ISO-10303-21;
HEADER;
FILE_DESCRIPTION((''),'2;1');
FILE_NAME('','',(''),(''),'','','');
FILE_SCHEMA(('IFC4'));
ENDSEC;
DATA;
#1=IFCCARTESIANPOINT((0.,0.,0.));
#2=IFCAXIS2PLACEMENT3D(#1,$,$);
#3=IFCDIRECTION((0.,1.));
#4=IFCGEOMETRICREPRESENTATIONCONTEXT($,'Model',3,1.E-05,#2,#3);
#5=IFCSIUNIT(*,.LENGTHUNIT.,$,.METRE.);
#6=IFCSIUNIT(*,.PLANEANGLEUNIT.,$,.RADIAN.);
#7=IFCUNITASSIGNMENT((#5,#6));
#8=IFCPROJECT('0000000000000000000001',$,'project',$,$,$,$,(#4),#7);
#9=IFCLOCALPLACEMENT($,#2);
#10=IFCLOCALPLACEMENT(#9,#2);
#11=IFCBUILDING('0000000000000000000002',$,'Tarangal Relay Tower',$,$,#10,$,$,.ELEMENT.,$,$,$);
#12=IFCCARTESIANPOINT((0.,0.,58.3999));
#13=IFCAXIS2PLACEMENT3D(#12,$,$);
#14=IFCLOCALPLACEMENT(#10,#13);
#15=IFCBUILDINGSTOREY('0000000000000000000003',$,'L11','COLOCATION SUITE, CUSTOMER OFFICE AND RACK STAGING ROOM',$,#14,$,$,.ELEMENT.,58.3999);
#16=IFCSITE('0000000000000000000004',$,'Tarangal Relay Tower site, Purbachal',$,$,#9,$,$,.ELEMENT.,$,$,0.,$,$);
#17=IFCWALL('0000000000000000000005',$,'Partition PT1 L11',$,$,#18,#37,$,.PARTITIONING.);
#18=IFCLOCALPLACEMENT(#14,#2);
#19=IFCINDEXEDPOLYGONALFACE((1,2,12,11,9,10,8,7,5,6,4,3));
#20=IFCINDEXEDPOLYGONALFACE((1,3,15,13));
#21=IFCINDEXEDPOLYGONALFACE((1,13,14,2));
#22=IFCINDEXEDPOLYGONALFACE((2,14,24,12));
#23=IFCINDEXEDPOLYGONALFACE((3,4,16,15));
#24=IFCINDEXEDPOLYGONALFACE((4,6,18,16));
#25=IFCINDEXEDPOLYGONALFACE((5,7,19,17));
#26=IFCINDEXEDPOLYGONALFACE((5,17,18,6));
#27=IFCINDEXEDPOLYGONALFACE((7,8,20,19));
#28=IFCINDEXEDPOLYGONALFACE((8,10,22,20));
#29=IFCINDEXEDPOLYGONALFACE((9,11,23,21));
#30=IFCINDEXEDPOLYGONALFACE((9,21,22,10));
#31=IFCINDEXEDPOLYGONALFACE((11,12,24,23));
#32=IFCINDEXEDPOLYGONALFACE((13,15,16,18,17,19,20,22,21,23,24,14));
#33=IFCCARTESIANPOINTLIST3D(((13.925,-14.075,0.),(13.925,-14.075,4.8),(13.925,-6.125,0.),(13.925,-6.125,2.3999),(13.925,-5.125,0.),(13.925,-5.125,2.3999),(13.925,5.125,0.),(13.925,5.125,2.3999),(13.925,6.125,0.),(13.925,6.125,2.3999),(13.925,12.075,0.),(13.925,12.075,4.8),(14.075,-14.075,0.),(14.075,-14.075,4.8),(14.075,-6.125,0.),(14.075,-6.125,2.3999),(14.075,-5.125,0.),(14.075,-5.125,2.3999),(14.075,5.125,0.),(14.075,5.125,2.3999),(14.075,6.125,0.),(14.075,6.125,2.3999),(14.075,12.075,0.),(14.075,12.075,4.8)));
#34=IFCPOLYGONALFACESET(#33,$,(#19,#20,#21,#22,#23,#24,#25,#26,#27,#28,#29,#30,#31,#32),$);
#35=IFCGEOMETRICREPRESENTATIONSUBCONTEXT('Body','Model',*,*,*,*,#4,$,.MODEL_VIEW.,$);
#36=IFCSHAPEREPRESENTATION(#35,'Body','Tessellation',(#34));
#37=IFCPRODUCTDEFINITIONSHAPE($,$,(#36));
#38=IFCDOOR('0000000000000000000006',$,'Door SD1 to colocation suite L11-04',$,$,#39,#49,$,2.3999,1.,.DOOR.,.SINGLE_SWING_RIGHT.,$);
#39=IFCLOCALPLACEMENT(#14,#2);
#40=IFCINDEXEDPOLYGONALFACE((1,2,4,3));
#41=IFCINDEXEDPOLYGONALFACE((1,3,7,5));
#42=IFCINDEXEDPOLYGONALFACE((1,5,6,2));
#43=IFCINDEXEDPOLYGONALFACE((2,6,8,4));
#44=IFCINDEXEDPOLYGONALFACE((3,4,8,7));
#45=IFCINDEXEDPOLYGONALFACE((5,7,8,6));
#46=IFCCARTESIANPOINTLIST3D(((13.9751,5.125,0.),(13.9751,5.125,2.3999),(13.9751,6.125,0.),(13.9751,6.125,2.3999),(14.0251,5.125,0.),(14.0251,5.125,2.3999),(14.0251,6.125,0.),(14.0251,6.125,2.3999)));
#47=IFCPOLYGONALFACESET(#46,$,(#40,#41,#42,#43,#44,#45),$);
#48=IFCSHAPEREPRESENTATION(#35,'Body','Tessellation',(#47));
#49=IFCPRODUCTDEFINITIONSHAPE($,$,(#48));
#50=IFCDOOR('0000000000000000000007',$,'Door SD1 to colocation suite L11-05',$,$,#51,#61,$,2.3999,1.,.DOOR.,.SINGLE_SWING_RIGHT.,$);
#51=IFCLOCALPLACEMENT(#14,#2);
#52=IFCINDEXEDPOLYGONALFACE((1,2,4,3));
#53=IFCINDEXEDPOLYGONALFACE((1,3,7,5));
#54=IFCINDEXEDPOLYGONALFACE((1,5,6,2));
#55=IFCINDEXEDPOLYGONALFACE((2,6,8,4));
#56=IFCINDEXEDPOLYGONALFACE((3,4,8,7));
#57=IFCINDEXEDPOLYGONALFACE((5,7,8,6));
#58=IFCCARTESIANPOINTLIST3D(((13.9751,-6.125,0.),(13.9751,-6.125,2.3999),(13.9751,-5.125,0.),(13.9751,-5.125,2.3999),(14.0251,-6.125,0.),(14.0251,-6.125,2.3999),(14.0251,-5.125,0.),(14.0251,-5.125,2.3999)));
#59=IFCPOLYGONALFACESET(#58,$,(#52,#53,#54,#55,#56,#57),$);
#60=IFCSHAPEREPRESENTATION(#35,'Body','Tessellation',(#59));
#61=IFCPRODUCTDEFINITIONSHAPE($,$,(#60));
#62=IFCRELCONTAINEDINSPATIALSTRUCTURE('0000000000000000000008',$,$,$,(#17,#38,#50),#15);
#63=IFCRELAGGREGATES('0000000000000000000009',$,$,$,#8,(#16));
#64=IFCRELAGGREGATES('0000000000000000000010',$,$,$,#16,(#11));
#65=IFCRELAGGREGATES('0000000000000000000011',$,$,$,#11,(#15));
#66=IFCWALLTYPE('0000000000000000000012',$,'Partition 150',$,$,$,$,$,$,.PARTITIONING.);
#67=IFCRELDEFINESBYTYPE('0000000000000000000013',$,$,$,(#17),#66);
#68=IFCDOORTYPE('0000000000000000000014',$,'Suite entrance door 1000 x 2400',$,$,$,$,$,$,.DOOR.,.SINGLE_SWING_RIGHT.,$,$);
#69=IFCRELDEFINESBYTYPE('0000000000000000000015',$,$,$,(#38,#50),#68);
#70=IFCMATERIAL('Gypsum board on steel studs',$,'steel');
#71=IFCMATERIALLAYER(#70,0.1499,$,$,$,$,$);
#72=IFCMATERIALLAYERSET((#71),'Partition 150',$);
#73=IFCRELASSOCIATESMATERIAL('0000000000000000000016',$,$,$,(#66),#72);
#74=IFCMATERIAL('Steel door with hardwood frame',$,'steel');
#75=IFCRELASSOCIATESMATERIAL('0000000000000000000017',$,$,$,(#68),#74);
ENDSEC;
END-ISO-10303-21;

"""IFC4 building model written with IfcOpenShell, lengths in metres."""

from ifc_helpers import new_model, si_unit, direction, frame, frame_2d, origin, place, context, subcontext, project, spatial, rectangle, extrude, material, layer, layer_set, type_object, element, fill, save


model = new_model("IFC4")

# Units and contexts
model_context = context("Model", 3, precision=1e-05, world=origin(), true_north=direction((0.0, 1.0)))
body_context = subcontext(model_context, "Body", "Model", "MODEL_VIEW")
ifc_project = project(units=[si_unit("LENGTHUNIT", "METRE"), si_unit("PLANEANGLEUNIT", "RADIAN")], contexts=[model_context])

# Site, building, storey
site_placement = place(None, origin())
site = spatial("IfcSite", under=ifc_project, at=site_placement, Name="Tarangal Relay Tower site, Purbachal", CompositionType="ELEMENT", RefElevation=0.0)
building_placement = place(site_placement, origin())
building = spatial("IfcBuilding", under=site, at=building_placement, Name="Tarangal Relay Tower", CompositionType="ELEMENT")
storey_placement = place(building_placement, frame((0.0, 0.0, 58.3999)))
storey = spatial("IfcBuildingStorey", under=building, at=storey_placement, Name="L11", Description="COLOCATION SUITE, CUSTOMER OFFICE AND RACK STAGING ROOM", CompositionType="ELEMENT", Elevation=58.3999)

# Shared definitions
ifc_material_1 = material(Name="Steel door with hardwood frame", Category="steel")

# Shared definitions
ifc_material_2 = material(Name="Gypsum board on steel studs", Category="steel")
ifc_layer_1 = layer(ifc_material_2, 0.1499)
ifc_layer_set_1 = layer_set([ifc_layer_1], Name="Partition 150")
wall_type_1 = type_object("IfcWallType", Name="Partition 150", PredefinedType="PARTITIONING", material=ifc_layer_set_1)

# Wall, openings, doors
wall_1_placement = place(storey_placement, frame((14.0, -14.075, 0.0), z_axis=(0.0, 0.0, 1.0), x_axis=(0.0, 1.0, 0.0)))
wall_1 = element("IfcWall", 1, at=wall_1_placement, inside=storey, type_object=wall_type_1, Name="Partition PT1 L11", PredefinedType="PARTITIONING", context=body_context, shape_type="SweptSolid", body=[
    extrude(rectangle(XDim=26.1499, YDim=0.1499, at=frame_2d((13.075, 0.0))), origin(), (0.0, 0.0, 1.0), 4.8),
])
opening_1_placement = place(wall_1_placement, frame((19.2, 0.0, 0.0)))
opening_1 = element("IfcOpeningElement", 2, at=opening_1_placement, cuts=wall_1, PredefinedType="OPENING", context=body_context, shape_type="SweptSolid", body=[
    extrude(rectangle(XDim=1.0, YDim=2.3999, at=frame_2d((0.5, 1.2))), frame((0.0, 0.085, 0.0), z_axis=(0.0, -1.0, 0.0), x_axis=(1.0, 0.0, 0.0)), (0.0, 0.0, 1.0), 0.1699),
])
opening_2_placement = place(wall_1_placement, frame((7.95, 0.0, 0.0)))
opening_2 = element("IfcOpeningElement", 3, at=opening_2_placement, cuts=wall_1, PredefinedType="OPENING", context=body_context, shape_type="SweptSolid", body=[
    extrude(rectangle(XDim=1.0, YDim=2.3999, at=frame_2d((0.5, 1.2))), frame((0.0, 0.085, 0.0), z_axis=(0.0, -1.0, 0.0), x_axis=(1.0, 0.0, 0.0)), (0.0, 0.0, 1.0), 0.1699),
])
door_type_1 = type_object("IfcDoorType", Name="Suite entrance door 1000 x 2400", OperationType="SINGLE_SWING_RIGHT", PredefinedType="DOOR", material=ifc_material_1)
door_1_placement = place(opening_1_placement, origin())
door_1 = element("IfcDoor", 4, at=door_1_placement, inside=storey, type_object=door_type_1, Name="Door SD1 to colocation suite L11-04", OperationType="SINGLE_SWING_RIGHT", OverallHeight=2.3999, OverallWidth=1.0, PredefinedType="DOOR", context=body_context, shape_type="SweptSolid", body=[
    extrude(rectangle(XDim=1.0, YDim=2.3999, at=frame_2d((0.5, 1.2))), frame((0.0, 0.0249, 0.0), z_axis=(0.0, -1.0, 0.0), x_axis=(1.0, 0.0, 0.0)), (0.0, 0.0, 1.0), 0.05),
])
fill(opening_1, door_1)
door_2_placement = place(opening_2_placement, origin())
door_2 = element("IfcDoor", 5, at=door_2_placement, inside=storey, type_object=door_type_1, Name="Door SD1 to colocation suite L11-05", OperationType="SINGLE_SWING_RIGHT", OverallHeight=2.3999, OverallWidth=1.0, PredefinedType="DOOR", context=body_context, shape_type="SweptSolid", body=[
    extrude(rectangle(XDim=1.0, YDim=2.3999, at=frame_2d((0.5, 1.2))), frame((0.0, 0.0249, 0.0), z_axis=(0.0, -1.0, 0.0), x_axis=(1.0, 0.0, 0.0)), (0.0, 0.0, 1.0), 0.05),
])
fill(opening_2, door_2)

save(model, "model.ifc")
